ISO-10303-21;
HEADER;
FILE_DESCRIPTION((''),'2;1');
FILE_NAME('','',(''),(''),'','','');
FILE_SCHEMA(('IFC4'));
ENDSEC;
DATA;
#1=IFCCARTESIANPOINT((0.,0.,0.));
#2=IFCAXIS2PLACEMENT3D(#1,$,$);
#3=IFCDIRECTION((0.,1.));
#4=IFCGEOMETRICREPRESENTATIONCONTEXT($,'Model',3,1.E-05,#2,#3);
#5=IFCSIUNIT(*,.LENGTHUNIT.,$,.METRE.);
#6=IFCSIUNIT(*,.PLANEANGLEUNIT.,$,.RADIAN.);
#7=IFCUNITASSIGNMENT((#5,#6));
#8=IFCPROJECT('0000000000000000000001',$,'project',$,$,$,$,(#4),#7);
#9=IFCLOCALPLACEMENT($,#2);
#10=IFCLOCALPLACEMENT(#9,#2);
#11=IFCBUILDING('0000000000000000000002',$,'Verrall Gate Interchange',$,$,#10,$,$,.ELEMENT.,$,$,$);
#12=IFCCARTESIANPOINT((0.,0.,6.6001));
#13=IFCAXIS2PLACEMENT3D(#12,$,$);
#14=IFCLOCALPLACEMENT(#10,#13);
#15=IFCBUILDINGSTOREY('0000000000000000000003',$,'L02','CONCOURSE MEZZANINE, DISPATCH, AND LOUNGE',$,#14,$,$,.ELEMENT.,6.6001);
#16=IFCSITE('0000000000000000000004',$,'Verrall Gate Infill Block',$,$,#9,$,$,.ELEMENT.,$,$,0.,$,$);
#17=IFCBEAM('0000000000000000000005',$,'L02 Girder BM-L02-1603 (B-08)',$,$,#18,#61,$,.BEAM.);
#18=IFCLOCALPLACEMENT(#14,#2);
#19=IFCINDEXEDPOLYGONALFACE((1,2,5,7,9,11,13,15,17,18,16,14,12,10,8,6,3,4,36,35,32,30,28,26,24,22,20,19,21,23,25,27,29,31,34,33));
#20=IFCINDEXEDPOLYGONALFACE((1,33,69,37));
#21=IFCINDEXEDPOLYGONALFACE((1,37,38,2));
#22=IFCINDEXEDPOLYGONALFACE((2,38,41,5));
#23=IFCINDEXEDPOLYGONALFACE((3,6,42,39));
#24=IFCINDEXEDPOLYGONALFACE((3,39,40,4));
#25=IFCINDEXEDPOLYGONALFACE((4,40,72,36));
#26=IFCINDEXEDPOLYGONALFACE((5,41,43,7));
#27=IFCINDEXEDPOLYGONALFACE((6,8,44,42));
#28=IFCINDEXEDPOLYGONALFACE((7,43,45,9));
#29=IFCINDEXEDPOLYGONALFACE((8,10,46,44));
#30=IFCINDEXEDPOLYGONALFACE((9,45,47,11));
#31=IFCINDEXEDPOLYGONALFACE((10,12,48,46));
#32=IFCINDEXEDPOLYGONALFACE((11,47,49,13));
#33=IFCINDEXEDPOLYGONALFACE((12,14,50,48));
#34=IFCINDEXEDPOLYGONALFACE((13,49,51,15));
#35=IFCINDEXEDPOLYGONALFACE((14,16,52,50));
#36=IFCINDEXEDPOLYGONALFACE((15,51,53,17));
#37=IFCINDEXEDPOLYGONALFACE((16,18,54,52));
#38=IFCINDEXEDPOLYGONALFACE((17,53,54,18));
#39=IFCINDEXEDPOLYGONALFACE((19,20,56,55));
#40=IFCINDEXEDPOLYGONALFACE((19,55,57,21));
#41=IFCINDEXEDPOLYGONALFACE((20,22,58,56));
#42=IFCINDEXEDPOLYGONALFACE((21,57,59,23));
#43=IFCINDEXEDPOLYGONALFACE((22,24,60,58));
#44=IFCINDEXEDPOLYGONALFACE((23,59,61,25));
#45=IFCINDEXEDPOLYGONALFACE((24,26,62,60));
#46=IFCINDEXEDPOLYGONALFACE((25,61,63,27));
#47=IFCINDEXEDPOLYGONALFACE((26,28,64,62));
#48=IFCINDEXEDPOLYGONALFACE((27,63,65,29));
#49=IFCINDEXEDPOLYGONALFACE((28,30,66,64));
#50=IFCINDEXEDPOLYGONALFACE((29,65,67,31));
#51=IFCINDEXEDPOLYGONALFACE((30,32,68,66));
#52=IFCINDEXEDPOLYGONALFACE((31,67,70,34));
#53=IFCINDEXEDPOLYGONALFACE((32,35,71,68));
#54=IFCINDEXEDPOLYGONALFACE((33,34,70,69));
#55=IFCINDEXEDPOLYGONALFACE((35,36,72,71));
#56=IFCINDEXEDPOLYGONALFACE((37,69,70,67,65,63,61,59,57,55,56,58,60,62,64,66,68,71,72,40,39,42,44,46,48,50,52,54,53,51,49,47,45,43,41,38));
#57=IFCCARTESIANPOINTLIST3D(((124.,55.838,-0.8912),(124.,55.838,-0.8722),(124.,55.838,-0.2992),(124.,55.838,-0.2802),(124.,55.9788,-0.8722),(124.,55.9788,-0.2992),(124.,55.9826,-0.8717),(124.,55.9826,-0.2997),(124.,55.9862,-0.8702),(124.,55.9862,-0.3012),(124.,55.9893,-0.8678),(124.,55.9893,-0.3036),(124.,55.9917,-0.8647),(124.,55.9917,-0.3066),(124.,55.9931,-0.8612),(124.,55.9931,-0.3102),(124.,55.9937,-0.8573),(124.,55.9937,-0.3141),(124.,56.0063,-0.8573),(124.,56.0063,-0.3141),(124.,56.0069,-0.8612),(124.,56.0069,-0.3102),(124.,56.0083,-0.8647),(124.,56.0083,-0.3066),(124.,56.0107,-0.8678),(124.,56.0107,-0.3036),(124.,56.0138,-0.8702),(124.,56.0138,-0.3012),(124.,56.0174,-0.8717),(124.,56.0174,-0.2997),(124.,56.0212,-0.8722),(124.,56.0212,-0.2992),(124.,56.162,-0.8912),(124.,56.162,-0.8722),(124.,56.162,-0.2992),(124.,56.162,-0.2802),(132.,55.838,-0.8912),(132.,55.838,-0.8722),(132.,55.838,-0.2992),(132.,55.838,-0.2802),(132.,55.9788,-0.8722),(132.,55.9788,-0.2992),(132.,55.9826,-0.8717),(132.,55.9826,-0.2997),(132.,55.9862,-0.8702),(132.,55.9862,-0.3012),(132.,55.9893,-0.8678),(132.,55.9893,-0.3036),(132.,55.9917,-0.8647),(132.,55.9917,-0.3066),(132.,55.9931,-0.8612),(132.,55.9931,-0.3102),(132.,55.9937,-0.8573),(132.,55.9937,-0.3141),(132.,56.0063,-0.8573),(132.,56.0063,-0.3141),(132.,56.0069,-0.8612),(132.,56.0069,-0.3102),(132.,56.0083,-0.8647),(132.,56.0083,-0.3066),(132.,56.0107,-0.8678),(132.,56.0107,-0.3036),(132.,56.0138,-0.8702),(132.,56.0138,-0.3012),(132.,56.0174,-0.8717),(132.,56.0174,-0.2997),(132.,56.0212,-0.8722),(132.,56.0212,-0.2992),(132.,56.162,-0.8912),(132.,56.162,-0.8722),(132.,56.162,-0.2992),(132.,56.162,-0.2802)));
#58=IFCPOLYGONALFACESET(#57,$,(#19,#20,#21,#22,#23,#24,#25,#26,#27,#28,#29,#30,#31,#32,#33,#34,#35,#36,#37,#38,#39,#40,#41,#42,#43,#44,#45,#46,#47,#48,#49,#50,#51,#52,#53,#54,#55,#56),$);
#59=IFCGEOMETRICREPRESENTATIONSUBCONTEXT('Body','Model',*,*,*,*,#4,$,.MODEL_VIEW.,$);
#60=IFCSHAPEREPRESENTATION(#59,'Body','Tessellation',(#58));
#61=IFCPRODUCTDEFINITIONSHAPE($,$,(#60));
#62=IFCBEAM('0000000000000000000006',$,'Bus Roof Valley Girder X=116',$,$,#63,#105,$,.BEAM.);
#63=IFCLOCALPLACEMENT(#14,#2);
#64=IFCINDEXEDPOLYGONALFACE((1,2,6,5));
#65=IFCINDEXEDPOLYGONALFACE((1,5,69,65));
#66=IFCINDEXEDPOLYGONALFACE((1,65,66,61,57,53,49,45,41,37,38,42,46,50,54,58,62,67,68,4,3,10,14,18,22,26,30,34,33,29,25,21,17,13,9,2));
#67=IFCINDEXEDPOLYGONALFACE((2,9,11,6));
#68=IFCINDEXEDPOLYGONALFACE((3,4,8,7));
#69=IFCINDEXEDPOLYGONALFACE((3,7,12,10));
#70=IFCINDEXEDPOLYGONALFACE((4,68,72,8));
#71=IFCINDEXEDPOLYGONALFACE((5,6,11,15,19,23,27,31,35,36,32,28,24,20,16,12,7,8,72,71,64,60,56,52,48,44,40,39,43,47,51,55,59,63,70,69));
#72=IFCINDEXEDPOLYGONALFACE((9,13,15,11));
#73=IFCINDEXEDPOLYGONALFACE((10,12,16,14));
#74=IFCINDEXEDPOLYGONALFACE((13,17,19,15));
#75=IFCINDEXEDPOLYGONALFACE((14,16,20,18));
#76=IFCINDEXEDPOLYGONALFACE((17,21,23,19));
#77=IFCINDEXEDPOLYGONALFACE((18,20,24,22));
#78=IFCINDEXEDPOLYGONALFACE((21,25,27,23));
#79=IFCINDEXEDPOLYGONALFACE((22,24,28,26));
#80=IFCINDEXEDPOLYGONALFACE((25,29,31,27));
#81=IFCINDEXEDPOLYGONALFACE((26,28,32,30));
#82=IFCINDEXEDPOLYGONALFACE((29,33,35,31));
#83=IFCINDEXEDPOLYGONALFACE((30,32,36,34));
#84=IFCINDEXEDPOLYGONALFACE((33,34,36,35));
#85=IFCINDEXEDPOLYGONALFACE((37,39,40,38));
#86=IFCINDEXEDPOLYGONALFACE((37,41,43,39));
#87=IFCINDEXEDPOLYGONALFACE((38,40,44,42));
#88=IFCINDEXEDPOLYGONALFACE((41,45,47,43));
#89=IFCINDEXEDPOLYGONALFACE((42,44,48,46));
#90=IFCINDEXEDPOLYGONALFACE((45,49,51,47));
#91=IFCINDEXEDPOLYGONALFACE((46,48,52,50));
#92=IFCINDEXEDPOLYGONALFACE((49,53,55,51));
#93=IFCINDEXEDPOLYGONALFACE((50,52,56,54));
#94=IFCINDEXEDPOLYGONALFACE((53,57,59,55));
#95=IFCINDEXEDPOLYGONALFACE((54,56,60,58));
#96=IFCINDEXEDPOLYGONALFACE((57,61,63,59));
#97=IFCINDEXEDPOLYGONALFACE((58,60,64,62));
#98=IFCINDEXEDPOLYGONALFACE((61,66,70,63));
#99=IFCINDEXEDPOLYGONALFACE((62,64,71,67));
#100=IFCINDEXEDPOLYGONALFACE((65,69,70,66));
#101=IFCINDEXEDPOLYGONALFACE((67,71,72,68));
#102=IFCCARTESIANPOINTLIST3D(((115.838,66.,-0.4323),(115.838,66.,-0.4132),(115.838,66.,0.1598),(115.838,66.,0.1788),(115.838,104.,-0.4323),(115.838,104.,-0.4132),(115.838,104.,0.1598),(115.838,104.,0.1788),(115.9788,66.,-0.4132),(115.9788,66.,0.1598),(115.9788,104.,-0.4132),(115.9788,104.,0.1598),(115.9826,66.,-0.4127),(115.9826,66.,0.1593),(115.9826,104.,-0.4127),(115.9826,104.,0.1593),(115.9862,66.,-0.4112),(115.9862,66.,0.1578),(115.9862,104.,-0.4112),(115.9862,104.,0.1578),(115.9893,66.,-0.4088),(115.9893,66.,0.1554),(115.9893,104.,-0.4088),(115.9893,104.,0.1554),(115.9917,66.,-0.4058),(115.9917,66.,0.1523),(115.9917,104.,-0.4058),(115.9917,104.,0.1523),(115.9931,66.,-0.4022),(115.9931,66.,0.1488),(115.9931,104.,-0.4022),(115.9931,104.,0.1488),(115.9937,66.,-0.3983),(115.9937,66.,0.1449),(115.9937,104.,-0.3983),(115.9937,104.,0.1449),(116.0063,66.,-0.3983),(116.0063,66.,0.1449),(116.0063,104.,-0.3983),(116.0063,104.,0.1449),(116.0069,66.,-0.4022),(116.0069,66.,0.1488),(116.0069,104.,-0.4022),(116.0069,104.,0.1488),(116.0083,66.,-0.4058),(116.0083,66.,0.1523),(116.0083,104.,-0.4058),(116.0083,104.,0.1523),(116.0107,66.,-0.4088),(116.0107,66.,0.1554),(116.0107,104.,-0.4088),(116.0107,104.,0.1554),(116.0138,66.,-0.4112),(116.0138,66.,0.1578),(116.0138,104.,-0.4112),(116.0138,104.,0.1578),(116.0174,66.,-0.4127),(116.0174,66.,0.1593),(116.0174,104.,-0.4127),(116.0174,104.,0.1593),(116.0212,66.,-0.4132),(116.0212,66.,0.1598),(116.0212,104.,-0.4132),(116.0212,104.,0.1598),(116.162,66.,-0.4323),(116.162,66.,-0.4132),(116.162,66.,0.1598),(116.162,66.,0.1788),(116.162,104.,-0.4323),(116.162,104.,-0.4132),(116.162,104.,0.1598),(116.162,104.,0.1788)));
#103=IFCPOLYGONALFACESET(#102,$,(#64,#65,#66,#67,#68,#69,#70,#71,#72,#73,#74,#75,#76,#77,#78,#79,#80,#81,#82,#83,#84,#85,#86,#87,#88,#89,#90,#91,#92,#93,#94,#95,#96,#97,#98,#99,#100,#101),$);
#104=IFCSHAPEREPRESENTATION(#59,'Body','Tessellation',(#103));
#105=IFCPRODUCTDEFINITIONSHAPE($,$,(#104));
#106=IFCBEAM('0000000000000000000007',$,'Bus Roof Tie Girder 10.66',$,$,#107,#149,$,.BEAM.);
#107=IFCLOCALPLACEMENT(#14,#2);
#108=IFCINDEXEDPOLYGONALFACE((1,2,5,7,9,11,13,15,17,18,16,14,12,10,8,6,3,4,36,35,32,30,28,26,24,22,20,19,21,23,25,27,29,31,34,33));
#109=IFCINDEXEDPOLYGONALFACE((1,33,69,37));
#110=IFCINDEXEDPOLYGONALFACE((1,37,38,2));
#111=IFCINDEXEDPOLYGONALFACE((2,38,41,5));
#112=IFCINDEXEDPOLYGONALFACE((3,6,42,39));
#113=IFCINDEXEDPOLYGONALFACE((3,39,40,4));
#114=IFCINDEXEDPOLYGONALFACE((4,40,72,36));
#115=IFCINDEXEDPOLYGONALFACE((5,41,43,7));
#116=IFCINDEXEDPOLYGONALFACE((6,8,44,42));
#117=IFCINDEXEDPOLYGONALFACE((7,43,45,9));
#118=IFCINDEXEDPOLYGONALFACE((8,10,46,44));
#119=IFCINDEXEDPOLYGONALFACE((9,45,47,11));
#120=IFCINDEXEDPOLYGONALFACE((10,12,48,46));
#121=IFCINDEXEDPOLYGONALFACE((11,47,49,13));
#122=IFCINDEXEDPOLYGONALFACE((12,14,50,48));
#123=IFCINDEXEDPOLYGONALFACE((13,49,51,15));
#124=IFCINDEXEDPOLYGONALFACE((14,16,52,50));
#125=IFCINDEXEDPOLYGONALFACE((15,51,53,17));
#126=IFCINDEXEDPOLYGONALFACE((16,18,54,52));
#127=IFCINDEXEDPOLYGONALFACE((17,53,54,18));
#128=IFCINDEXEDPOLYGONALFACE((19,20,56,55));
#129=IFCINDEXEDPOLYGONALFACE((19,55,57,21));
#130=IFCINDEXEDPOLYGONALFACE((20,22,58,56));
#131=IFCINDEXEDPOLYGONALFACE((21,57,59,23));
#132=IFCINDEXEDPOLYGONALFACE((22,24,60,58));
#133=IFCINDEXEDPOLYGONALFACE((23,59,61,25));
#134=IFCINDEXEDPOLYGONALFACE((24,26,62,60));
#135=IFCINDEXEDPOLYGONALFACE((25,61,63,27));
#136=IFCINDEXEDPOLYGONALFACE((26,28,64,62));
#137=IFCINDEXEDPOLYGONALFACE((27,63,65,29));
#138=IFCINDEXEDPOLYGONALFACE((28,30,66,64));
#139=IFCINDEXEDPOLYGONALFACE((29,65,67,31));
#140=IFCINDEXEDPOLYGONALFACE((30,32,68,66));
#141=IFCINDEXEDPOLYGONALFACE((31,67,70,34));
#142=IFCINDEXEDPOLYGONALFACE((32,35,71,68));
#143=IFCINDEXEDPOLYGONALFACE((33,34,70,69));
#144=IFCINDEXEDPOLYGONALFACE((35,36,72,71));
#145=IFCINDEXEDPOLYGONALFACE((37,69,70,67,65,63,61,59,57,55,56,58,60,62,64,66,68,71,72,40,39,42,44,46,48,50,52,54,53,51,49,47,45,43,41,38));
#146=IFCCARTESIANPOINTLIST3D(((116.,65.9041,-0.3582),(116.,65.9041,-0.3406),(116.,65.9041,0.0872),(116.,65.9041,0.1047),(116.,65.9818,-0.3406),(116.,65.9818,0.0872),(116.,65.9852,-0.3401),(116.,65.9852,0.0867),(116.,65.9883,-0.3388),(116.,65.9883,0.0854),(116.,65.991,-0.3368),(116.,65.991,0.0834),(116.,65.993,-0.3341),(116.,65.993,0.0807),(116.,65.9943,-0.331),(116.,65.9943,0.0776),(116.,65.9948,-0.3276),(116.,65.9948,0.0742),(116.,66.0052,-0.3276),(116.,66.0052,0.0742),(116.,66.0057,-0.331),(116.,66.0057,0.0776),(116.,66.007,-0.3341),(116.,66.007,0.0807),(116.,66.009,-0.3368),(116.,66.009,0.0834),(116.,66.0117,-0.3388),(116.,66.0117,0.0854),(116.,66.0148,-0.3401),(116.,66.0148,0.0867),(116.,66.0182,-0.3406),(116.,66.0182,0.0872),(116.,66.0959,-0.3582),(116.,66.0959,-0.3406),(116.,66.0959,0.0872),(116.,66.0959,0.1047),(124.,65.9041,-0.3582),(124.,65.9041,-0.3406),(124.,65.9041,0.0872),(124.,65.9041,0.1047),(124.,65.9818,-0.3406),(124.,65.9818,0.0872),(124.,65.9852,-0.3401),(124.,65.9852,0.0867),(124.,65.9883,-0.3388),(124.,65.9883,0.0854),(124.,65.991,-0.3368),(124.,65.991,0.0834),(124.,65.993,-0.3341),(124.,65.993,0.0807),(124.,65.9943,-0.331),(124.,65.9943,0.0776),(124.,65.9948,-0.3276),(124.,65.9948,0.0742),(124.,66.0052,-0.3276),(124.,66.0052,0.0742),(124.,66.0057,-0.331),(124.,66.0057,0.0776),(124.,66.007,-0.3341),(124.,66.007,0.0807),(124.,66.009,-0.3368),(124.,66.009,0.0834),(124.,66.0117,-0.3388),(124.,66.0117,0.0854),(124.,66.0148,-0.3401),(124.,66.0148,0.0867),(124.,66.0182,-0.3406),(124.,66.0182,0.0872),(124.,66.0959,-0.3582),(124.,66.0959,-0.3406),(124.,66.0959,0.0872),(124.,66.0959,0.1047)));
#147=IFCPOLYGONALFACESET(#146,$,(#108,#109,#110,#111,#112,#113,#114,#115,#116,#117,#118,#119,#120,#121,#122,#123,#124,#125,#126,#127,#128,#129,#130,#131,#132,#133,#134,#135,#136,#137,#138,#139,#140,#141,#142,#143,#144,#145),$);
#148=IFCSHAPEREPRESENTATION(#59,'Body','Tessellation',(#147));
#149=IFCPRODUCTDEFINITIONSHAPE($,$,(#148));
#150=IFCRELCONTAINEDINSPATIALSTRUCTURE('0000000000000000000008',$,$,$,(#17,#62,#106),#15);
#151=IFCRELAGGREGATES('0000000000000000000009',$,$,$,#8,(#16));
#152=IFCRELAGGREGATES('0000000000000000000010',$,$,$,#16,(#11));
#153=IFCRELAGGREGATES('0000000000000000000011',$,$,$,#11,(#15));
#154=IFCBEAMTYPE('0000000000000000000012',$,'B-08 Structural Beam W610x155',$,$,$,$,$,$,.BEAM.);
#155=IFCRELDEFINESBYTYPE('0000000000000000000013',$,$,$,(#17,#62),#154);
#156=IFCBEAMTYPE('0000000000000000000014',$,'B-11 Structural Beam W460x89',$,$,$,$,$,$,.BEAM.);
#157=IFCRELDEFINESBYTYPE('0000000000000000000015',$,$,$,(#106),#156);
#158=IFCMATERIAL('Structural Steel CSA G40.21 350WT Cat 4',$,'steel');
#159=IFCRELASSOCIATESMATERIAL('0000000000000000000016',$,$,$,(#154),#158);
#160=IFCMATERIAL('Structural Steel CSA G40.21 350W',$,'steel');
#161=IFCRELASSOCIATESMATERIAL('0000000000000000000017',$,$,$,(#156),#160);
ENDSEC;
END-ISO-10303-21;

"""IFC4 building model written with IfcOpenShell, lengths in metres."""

from ifc_helpers import new_model, si_unit, direction, frame, origin, origin_2d, place, context, subcontext, project, spatial, i_section, extrude, material, material_profile, profile_set, type_object, element, save


model = new_model("IFC4")

# Units and contexts
model_context = context("Model", 3, precision=1e-05, world=origin(), true_north=direction((0.0, 1.0)))
body_context = subcontext(model_context, "Body", "Model", "MODEL_VIEW")
ifc_project = project(units=[si_unit("LENGTHUNIT", "METRE"), si_unit("PLANEANGLEUNIT", "RADIAN")], contexts=[model_context])

# Site, building, storey
site_placement = place(None, origin())
site = spatial("IfcSite", under=ifc_project, at=site_placement, Name="Verrall Gate Infill Block", CompositionType="ELEMENT", RefElevation=0.0)
building_placement = place(site_placement, origin())
building = spatial("IfcBuilding", under=site, at=building_placement, Name="Verrall Gate Interchange", CompositionType="ELEMENT")
storey_placement = place(building_placement, frame((0.0, 0.0, 6.6001)))
storey = spatial("IfcBuildingStorey", under=building, at=storey_placement, Name="L02", Description="CONCOURSE MEZZANINE, DISPATCH, AND LOUNGE", CompositionType="ELEMENT", Elevation=6.6001)

# Beams
ifc_material_1 = material(Name="Structural Steel CSA G40.21 350WT Cat 4", Category="steel")
ifc_material_profile_1 = material_profile(ifc_material_1, i_section(OverallWidth=0.324, OverallDepth=0.6111, WebThickness=0.0127, FlangeThickness=0.019, FilletRadius=0.0149, at=origin_2d()), Name="W610x155")
ifc_profile_set_1 = profile_set([ifc_material_profile_1], Name="Structural Steel CSA G40.21 350WT Cat 4")
beam_type_1 = type_object("IfcBeamType", Name="B-08 Structural Beam W610x155", PredefinedType="BEAM", material=ifc_profile_set_1)
for number, where, z_axis, x_axis, name in (
    (1, (124.0, 56.0, -0.5857), (1.0, 0.0, 0.0), (0.0, 1.0, 0.0), "L02 Girder BM-L02-1603 (B-08)"),
):
    element("IfcBeam", number, at=place(storey_placement, frame(where, z_axis=z_axis, x_axis=x_axis)), inside=storey, type_object=beam_type_1, Name=name, PredefinedType="BEAM", context=body_context, shape_type="SweptSolid", body=[
        extrude(i_section(OverallWidth=0.324, OverallDepth=0.6111, WebThickness=0.0127, FlangeThickness=0.019, FilletRadius=0.0149, at=origin_2d()), origin(), (0.0, 0.0, 1.0), 8.0),
    ])
beam_1_placement = place(storey_placement, frame((116.0, 66.0, -0.1267), z_axis=(0.0, 1.0, 0.0), x_axis=(-1.0, 0.0, 0.0)))
element("IfcBeam", 2, at=beam_1_placement, inside=storey, type_object=beam_type_1, Name="Bus Roof Valley Girder X=116", PredefinedType="BEAM", context=body_context, shape_type="SweptSolid", body=[
    extrude(i_section(OverallWidth=0.324, OverallDepth=0.6111, WebThickness=0.0127, FlangeThickness=0.019, FilletRadius=0.0149, at=origin_2d()), origin(), (0.0, 0.0, 1.0), 38.0),
])
ifc_material_2 = material(Name="Structural Steel CSA G40.21 350W", Category="steel")
ifc_material_profile_2 = material_profile(ifc_material_2, i_section(OverallWidth=0.1919, OverallDepth=0.4629, WebThickness=0.0105, FlangeThickness=0.0176, FilletRadius=0.0129, at=origin_2d()), Name="W460x89")
ifc_profile_set_2 = profile_set([ifc_material_profile_2], Name="Structural Steel CSA G40.21 350W")
beam_type_2 = type_object("IfcBeamType", Name="B-11 Structural Beam W460x89", PredefinedType="BEAM", material=ifc_profile_set_2)
beam_2_placement = place(storey_placement, frame((116.0, 66.0, -0.1267), z_axis=(1.0, 0.0, 0.0), x_axis=(0.0, 1.0, 0.0)))
element("IfcBeam", 3, at=beam_2_placement, inside=storey, type_object=beam_type_2, Name="Bus Roof Tie Girder 10.66", PredefinedType="BEAM", context=body_context, shape_type="SweptSolid", body=[
    extrude(i_section(OverallWidth=0.1919, OverallDepth=0.4629, WebThickness=0.0105, FlangeThickness=0.0176, FilletRadius=0.0129, at=origin_2d()), origin(), (0.0, 0.0, 1.0), 8.0),
])

save(model, "model.ifc")
